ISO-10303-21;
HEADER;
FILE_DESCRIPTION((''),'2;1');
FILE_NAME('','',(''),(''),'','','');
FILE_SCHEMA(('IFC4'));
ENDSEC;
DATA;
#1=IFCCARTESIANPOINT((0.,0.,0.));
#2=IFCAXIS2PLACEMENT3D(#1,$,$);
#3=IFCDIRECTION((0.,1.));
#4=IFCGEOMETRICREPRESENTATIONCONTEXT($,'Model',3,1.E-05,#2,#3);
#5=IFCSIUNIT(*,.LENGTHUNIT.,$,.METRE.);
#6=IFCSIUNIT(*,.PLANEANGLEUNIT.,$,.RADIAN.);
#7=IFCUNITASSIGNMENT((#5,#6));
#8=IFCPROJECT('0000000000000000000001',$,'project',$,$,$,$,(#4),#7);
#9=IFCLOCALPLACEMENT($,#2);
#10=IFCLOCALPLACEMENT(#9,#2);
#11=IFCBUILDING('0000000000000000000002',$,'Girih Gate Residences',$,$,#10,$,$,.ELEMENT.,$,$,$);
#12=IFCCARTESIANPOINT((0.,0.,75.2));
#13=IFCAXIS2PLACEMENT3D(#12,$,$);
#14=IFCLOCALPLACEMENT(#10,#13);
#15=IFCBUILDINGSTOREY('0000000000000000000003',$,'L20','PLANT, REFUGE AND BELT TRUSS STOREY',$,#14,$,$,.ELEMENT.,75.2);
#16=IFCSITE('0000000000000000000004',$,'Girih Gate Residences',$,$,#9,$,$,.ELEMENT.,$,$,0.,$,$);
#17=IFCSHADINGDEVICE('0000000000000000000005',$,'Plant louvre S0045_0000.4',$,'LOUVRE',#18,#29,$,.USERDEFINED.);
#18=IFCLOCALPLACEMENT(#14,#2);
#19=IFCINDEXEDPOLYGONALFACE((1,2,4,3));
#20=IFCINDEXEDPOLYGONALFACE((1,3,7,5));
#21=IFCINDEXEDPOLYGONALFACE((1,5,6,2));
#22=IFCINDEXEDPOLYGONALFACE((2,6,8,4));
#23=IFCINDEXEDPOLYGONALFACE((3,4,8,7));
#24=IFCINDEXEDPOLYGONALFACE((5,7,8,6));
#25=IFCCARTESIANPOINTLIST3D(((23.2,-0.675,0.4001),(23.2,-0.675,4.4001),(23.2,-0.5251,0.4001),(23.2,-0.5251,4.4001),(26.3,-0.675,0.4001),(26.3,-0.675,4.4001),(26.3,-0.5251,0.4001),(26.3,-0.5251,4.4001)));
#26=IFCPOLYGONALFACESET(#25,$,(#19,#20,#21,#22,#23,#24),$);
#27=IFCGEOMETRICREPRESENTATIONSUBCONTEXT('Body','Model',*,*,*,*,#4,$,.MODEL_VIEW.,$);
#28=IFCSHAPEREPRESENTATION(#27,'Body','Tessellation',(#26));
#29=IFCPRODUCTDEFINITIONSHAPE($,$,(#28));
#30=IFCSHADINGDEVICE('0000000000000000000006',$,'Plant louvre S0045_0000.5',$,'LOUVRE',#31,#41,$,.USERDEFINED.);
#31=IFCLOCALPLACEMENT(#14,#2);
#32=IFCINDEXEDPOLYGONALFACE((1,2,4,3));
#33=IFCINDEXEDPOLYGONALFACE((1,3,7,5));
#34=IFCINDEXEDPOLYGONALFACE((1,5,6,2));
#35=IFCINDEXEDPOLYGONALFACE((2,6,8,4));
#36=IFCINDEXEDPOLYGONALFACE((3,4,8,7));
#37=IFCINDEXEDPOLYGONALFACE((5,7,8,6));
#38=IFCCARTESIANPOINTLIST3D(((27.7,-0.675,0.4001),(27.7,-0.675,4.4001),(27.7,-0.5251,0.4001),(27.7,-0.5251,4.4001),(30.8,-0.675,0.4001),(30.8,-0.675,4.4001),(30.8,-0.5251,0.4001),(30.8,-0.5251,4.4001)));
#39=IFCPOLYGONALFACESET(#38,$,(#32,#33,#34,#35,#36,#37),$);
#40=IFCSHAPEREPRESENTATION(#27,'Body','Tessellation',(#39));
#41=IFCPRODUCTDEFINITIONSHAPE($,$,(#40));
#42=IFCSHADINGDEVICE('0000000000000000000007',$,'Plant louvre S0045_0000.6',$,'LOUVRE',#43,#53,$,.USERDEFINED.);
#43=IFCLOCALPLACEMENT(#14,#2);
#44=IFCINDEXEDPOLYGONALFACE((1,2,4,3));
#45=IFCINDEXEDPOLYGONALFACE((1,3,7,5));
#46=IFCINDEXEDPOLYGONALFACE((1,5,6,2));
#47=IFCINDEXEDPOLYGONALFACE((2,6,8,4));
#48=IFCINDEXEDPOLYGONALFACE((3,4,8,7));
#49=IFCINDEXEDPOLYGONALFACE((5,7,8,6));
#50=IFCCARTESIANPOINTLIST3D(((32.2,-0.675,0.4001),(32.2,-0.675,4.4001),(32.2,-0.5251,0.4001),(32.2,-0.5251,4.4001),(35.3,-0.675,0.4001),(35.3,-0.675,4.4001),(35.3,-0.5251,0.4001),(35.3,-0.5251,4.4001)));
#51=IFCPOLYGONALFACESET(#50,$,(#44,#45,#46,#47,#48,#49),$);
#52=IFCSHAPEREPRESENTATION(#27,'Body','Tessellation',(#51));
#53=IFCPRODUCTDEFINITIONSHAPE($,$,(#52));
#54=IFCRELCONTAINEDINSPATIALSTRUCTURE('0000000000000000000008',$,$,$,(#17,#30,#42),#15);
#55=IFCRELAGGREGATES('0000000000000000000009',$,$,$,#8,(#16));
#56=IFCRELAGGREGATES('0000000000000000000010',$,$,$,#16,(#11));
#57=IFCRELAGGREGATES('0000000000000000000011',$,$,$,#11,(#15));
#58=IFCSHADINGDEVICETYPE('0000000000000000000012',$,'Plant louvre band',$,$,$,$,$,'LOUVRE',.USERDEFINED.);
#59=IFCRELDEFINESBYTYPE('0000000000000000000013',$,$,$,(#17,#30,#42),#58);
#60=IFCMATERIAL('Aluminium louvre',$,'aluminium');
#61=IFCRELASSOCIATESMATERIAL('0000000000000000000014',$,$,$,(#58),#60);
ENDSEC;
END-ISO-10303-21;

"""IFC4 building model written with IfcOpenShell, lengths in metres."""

from ifc_helpers import new_model, si_unit, direction, frame, origin, origin_2d, place, context, subcontext, project, spatial, rectangle, extrude, material, type_object, element, save


model = new_model("IFC4")

# Units and contexts
model_context = context("Model", 3, precision=1e-05, world=origin(), true_north=direction((0.0, 1.0)))
body_context = subcontext(model_context, "Body", "Model", "MODEL_VIEW")
ifc_project = project(units=[si_unit("LENGTHUNIT", "METRE"), si_unit("PLANEANGLEUNIT", "RADIAN")], contexts=[model_context])

# Site, building, storey
site_placement = place(None, origin())
site = spatial("IfcSite", under=ifc_project, at=site_placement, Name="Girih Gate Residences", CompositionType="ELEMENT", RefElevation=0.0)
building_placement = place(site_placement, origin())
building = spatial("IfcBuilding", under=site, at=building_placement, Name="Girih Gate Residences", CompositionType="ELEMENT")
storey_placement = place(building_placement, frame((0.0, 0.0, 75.2)))
storey = spatial("IfcBuildingStorey", under=building, at=storey_placement, Name="L20", Description="PLANT, REFUGE AND BELT TRUSS STOREY", CompositionType="ELEMENT", Elevation=75.2)

# Shading devices
ifc_material_1 = material(Name="Aluminium louvre", Category="aluminium")
shading_device_type = type_object("IfcShadingDeviceType", Name="Plant louvre band", ElementType="LOUVRE", PredefinedType="USERDEFINED", material=ifc_material_1)
for number, where, z_axis, x_axis, name in (
    (1, (24.75, -0.6001, 0.4001), (0.0, 0.0, 1.0), (1.0, 0.0, 0.0), "Plant louvre S0045_0000.4"),
    (2, (29.25, -0.6001, 0.4001), (0.0, 0.0, 1.0), (1.0, 0.0, 0.0), "Plant louvre S0045_0000.5"),
    (3, (33.75, -0.6001, 0.4001), (0.0, 0.0, 1.0), (1.0, 0.0, 0.0), "Plant louvre S0045_0000.6"),
):
    element("IfcShadingDevice", number, at=place(storey_placement, frame(where, z_axis=z_axis, x_axis=x_axis)), inside=storey, type_object=shading_device_type, Name=name, ObjectType="LOUVRE", PredefinedType="USERDEFINED", context=body_context, shape_type="SweptSolid", body=[
        extrude(rectangle(XDim=3.1001, YDim=0.1499, at=origin_2d()), origin(), (0.0, 0.0, 1.0), 4.0),
    ])

save(model, "model.ifc")
